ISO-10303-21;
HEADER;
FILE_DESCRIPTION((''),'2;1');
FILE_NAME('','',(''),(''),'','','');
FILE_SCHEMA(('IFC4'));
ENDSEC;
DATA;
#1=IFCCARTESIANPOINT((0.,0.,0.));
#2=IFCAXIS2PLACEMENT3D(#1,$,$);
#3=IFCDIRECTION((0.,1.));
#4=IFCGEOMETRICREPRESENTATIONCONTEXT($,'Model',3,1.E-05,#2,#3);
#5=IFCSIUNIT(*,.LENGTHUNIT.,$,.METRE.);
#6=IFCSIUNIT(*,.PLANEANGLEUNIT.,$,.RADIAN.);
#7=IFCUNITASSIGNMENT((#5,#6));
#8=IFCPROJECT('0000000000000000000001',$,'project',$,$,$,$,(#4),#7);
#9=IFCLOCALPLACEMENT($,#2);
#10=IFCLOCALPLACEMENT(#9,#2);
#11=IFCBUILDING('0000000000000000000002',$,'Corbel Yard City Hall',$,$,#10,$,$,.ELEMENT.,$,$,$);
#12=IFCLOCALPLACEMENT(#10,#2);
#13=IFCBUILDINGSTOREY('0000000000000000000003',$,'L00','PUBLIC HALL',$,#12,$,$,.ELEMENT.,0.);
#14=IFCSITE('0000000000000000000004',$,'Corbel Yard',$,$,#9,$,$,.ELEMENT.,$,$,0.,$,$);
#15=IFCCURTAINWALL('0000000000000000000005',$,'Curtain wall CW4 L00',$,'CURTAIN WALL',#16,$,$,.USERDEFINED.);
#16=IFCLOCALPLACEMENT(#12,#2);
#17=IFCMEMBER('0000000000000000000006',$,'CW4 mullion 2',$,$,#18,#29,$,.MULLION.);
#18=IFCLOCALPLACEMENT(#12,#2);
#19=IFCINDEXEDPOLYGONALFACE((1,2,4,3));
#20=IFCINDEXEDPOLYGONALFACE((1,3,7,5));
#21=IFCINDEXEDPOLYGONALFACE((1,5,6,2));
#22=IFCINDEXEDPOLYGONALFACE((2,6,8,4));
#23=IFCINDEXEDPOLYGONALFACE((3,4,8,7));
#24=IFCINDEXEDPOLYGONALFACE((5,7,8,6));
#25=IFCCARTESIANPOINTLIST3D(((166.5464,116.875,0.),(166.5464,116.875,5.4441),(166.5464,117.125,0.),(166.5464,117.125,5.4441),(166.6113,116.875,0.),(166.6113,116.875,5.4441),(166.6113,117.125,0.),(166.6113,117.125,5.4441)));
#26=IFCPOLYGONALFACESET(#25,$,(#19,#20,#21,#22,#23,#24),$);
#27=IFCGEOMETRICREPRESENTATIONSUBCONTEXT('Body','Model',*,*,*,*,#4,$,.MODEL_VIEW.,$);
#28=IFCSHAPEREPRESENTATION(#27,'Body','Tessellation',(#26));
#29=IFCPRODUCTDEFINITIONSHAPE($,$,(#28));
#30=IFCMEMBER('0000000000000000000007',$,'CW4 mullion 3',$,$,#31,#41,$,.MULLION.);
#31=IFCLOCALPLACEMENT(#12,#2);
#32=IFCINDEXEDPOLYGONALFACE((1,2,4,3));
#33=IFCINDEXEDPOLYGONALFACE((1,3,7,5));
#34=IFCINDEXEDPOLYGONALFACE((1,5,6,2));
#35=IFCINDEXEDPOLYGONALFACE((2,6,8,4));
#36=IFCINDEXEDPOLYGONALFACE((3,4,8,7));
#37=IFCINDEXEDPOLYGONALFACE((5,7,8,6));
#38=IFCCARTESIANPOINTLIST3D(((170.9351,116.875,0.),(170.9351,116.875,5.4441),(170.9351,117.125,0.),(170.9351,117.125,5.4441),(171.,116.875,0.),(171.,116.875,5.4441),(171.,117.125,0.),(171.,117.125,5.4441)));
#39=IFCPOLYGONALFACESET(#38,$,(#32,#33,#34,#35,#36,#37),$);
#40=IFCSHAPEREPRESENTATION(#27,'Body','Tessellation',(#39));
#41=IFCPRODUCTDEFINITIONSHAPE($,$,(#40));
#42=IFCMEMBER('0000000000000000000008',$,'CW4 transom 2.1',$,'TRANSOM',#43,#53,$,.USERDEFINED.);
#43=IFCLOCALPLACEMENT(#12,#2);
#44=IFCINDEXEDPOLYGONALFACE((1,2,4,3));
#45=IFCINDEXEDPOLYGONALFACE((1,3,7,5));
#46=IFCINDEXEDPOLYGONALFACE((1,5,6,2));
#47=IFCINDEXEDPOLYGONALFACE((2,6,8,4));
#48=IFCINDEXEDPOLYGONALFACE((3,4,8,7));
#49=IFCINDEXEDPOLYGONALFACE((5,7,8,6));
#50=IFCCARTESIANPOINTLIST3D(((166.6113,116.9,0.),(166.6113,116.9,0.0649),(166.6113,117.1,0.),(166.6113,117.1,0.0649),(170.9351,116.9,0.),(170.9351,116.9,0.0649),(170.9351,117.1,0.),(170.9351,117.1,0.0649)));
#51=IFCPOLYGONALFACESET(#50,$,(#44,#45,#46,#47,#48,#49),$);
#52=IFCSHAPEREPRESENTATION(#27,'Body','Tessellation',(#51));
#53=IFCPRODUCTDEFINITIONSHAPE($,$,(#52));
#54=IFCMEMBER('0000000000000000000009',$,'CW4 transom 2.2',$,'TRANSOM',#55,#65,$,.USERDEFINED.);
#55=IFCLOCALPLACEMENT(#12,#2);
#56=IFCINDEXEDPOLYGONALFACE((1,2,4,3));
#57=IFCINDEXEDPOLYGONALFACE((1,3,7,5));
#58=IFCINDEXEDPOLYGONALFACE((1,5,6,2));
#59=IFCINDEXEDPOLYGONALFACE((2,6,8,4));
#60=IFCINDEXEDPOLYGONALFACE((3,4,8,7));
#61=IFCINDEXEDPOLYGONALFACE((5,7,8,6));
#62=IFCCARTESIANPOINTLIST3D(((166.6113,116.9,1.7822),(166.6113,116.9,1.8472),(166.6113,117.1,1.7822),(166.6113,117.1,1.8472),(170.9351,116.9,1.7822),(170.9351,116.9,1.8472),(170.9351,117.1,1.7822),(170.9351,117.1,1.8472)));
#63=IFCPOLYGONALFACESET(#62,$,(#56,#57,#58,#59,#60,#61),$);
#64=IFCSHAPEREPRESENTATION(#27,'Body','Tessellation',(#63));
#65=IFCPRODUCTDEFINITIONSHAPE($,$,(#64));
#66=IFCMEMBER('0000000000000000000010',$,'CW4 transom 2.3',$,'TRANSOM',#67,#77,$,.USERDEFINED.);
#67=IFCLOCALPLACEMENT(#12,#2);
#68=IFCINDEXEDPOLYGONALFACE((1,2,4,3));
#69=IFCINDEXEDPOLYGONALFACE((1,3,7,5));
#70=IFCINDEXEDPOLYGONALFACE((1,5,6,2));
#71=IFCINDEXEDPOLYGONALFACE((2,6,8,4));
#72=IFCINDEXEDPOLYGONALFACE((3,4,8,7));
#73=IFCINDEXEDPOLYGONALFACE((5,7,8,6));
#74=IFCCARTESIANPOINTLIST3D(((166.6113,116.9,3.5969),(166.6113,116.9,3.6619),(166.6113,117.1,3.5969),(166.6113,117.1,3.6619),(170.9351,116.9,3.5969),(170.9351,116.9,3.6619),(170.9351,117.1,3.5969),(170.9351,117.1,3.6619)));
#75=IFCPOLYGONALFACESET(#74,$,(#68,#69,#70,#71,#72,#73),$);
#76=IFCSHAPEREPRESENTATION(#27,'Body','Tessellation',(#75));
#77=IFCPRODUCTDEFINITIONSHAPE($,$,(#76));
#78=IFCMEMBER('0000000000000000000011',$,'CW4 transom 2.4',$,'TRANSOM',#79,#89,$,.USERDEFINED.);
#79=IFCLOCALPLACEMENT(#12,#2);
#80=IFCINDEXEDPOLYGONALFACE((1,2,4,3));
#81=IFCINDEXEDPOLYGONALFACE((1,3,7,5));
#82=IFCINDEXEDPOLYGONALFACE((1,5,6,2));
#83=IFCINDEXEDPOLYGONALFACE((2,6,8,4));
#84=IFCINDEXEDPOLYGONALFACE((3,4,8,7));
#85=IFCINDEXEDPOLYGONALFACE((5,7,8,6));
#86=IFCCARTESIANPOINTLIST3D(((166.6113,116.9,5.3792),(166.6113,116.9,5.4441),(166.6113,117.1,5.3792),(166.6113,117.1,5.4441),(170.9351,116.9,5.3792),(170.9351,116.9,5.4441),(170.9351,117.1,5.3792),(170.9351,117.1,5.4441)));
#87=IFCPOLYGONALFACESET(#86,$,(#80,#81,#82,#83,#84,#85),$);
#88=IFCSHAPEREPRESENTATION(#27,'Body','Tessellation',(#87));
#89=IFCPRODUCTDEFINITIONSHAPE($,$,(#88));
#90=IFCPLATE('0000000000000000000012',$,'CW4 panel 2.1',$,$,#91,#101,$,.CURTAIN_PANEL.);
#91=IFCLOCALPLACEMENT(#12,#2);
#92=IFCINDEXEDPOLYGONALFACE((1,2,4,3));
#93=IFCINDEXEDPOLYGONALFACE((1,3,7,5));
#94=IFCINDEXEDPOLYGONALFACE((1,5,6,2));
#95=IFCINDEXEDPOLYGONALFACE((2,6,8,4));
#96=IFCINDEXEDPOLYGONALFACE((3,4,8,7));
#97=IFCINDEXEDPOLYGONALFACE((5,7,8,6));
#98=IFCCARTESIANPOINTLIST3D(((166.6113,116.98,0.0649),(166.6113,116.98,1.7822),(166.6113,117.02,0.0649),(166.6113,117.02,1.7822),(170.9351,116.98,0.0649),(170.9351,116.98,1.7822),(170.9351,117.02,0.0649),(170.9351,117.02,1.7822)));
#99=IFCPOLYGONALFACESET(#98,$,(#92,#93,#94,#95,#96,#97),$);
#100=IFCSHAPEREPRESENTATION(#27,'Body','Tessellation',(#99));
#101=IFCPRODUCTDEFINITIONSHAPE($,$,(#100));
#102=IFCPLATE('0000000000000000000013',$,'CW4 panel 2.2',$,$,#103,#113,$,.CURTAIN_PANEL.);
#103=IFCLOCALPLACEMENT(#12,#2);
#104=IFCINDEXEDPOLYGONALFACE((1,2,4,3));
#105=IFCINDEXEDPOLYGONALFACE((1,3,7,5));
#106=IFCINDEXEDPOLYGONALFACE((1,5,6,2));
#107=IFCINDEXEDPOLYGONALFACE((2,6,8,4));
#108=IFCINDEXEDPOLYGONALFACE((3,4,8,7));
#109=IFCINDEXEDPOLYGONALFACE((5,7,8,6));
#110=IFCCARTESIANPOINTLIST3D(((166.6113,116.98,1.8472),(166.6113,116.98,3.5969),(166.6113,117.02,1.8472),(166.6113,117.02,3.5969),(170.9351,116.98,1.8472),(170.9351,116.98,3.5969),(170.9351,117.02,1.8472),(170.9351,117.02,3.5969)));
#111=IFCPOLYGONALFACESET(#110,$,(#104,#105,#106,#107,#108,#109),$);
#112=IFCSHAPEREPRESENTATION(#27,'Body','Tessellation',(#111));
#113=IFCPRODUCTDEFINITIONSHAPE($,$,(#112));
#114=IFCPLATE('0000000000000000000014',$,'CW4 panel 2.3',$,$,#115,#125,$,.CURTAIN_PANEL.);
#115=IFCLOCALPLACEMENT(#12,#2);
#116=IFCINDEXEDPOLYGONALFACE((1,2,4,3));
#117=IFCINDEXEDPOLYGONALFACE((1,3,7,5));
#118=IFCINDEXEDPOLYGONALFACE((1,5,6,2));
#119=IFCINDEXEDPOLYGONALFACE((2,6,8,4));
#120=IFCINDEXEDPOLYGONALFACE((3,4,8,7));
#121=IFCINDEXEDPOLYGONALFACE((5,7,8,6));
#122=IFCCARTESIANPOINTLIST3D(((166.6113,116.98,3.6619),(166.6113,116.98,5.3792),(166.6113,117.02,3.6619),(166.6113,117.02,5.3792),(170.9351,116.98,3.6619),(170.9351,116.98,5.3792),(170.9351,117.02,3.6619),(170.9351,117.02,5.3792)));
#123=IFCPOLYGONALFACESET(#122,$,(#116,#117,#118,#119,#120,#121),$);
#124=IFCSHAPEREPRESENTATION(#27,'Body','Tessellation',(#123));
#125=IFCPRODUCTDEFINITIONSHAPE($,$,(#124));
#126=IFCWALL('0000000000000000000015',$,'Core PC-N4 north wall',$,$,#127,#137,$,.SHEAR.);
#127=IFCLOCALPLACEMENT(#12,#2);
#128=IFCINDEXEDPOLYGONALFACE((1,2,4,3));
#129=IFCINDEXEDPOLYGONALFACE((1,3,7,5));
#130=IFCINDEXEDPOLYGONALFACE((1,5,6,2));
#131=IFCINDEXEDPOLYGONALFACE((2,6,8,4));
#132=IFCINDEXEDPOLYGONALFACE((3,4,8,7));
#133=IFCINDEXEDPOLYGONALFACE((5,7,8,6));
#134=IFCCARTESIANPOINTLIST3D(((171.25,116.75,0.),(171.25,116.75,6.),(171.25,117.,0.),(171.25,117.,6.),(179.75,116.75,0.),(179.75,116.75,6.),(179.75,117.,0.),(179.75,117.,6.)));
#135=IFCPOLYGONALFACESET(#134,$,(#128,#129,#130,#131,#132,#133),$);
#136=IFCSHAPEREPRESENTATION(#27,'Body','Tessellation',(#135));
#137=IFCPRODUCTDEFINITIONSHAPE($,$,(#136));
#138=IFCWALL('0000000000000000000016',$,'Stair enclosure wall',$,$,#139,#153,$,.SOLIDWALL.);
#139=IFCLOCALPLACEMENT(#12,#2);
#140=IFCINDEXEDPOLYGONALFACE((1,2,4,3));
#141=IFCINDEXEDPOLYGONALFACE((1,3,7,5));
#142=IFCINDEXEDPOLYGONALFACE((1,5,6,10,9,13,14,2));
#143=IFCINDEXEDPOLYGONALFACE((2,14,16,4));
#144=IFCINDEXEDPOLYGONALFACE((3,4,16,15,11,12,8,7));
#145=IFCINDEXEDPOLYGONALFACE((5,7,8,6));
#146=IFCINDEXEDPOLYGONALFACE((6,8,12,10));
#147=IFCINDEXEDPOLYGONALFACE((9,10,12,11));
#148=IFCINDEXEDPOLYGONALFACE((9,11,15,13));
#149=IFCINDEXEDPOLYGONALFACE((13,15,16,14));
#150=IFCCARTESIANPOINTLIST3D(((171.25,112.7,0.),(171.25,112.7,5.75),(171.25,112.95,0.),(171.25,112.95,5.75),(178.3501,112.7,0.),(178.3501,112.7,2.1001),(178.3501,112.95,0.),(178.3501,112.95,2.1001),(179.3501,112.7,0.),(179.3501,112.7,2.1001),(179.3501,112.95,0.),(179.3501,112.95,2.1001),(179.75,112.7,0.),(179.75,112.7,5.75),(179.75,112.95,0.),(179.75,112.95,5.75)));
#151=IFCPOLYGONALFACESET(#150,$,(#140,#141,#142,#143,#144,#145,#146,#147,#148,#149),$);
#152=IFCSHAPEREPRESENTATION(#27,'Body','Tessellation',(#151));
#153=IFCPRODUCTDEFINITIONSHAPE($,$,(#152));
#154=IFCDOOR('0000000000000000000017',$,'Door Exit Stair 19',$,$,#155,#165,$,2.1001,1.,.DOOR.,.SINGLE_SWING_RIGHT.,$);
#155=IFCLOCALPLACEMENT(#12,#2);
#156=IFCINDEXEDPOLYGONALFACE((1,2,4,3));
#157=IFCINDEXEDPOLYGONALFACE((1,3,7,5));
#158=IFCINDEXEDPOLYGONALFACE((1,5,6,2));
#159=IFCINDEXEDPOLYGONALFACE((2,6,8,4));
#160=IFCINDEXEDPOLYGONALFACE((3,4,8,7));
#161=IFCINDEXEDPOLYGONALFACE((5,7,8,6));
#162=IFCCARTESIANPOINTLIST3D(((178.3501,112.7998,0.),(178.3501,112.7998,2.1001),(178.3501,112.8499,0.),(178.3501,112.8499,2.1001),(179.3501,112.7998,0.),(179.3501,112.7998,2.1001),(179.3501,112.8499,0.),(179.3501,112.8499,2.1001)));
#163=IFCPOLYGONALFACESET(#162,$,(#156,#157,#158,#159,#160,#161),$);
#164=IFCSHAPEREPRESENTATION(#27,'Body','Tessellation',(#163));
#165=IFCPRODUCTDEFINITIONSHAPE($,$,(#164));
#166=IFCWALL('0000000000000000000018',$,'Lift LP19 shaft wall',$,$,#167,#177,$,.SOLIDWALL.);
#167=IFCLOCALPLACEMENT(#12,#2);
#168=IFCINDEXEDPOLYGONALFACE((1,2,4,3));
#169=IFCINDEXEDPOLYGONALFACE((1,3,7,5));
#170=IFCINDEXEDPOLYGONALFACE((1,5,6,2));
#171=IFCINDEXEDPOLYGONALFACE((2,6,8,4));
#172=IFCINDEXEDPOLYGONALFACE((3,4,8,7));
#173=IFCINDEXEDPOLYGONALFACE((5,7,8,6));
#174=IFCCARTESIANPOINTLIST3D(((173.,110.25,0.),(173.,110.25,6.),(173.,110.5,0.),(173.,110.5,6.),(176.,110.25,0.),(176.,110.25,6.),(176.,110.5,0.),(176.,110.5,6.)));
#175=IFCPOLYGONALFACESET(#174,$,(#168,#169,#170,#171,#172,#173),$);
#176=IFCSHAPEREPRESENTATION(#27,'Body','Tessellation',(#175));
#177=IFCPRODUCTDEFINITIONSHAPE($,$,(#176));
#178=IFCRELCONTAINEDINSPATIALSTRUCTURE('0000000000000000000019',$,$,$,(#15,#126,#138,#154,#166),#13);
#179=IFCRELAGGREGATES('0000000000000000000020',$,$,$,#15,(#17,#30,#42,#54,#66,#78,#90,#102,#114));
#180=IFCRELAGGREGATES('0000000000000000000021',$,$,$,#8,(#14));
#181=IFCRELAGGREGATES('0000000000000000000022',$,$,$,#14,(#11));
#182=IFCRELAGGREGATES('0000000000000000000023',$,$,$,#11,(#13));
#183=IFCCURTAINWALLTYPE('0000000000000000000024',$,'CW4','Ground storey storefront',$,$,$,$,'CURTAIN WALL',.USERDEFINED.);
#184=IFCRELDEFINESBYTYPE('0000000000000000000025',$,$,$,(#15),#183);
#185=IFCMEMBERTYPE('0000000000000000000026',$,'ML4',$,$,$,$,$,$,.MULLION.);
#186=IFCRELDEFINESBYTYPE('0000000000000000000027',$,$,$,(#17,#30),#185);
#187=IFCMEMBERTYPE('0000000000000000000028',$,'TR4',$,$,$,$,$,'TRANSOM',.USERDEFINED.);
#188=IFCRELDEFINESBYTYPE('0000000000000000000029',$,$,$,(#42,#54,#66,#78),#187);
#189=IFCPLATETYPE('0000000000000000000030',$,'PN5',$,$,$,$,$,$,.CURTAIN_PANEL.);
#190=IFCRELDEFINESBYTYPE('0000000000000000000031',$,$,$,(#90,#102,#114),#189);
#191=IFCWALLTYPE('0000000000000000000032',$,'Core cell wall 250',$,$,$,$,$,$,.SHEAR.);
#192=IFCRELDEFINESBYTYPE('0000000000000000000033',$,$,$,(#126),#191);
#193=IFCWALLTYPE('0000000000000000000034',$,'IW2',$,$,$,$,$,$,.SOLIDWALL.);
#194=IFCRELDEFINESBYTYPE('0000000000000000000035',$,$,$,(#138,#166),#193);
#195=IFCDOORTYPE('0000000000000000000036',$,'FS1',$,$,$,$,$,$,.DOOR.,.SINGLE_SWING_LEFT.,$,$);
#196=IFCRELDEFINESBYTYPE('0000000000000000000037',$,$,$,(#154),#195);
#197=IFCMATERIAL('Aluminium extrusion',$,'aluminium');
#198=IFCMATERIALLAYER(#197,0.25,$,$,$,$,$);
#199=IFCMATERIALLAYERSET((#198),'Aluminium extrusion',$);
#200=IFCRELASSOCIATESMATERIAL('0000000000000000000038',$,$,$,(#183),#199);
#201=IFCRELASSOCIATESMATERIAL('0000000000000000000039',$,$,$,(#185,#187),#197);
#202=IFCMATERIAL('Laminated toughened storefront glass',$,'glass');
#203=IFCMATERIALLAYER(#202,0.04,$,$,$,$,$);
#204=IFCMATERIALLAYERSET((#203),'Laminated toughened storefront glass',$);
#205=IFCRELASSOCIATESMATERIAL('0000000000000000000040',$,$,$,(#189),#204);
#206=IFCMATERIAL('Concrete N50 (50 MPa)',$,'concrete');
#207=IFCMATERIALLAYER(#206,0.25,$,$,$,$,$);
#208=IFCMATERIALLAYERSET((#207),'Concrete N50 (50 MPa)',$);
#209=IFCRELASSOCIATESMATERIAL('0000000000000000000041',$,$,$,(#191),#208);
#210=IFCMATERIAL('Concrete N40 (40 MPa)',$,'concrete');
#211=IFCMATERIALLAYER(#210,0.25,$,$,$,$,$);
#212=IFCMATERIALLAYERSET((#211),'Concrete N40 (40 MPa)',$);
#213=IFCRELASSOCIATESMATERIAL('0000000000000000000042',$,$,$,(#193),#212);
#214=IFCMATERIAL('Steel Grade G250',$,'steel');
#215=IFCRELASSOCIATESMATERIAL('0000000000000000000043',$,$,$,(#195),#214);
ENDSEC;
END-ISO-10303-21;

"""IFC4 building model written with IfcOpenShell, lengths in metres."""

from ifc_helpers import new_model, si_unit, direction, frame, frame_2d, origin, origin_2d, place, context, subcontext, project, spatial, rectangle, extrude, material, layer, layer_set, material_profile, profile_set, type_object, element, fill, aggregate, save


model = new_model("IFC4")

# Units and contexts
model_context = context("Model", 3, precision=1e-05, world=origin(), true_north=direction((0.0, 1.0)))
body_context = subcontext(model_context, "Body", "Model", "MODEL_VIEW")
ifc_project = project(units=[si_unit("LENGTHUNIT", "METRE"), si_unit("PLANEANGLEUNIT", "RADIAN")], contexts=[model_context])

# Site, building, storey
site_placement = place(None, origin())
site = spatial("IfcSite", under=ifc_project, at=site_placement, Name="Corbel Yard", CompositionType="ELEMENT", RefElevation=0.0)
building_placement = place(site_placement, origin())
building = spatial("IfcBuilding", under=site, at=building_placement, Name="Corbel Yard City Hall", CompositionType="ELEMENT")
storey_placement = place(building_placement, origin())
storey = spatial("IfcBuildingStorey", under=building, at=storey_placement, Name="L00", Description="PUBLIC HALL", CompositionType="ELEMENT", Elevation=0.0)

# Curtain wall, members, plates
ifc_material_1 = material(Name="Aluminium extrusion", Category="aluminium")
ifc_layer_1 = layer(ifc_material_1, 0.25)
ifc_layer_set_1 = layer_set([ifc_layer_1], Name="Aluminium extrusion")
curtain_wall_type = type_object("IfcCurtainWallType", Name="CW4", Description="Ground storey storefront", ElementType="CURTAIN WALL", PredefinedType="USERDEFINED", material=ifc_layer_set_1)
curtain_wall_placement = place(storey_placement, origin())
curtain_wall = element("IfcCurtainWall", 1, at=curtain_wall_placement, inside=storey, type_object=curtain_wall_type, Name="Curtain wall CW4 L00", ObjectType="CURTAIN WALL", PredefinedType="USERDEFINED")
ifc_material_profile_1 = material_profile(ifc_material_1, rectangle(XDim=0.25, YDim=0.0649, at=origin_2d()), Name="250x65")
ifc_profile_set_1 = profile_set([ifc_material_profile_1], Name="Aluminium extrusion")
member_type_1 = type_object("IfcMemberType", Name="ML4", PredefinedType="MULLION", material=ifc_profile_set_1)
member_1_placement = place(storey_placement, frame((166.5789, 117.0, 0.0), z_axis=(0.0, 0.0, 1.0), x_axis=(0.0, 1.0, 0.0)))
member_1 = element("IfcMember", 2, at=member_1_placement, type_object=member_type_1, Name="CW4 mullion 2", PredefinedType="MULLION", context=body_context, shape_type="SweptSolid", body=[
    extrude(rectangle(XDim=0.25, YDim=0.0649, at=origin_2d()), origin(), (0.0, 0.0, 1.0), 5.4441),
])
member_2_placement = place(storey_placement, frame((170.9675, 117.0, 0.0), z_axis=(0.0, 0.0, 1.0), x_axis=(0.0, 1.0, 0.0)))
member_2 = element("IfcMember", 3, at=member_2_placement, type_object=member_type_1, Name="CW4 mullion 3", PredefinedType="MULLION", context=body_context, shape_type="SweptSolid", body=[
    extrude(rectangle(XDim=0.25, YDim=0.0649, at=origin_2d()), origin(), (0.0, 0.0, 1.0), 5.4441),
])
ifc_material_profile_2 = material_profile(ifc_material_1, rectangle(XDim=0.2, YDim=0.0649, at=origin_2d()), Name="200x65")
ifc_profile_set_2 = profile_set([ifc_material_profile_2], Name="Aluminium extrusion")
member_type_2 = type_object("IfcMemberType", Name="TR4", ElementType="TRANSOM", PredefinedType="USERDEFINED", material=ifc_profile_set_2)
member_3_placement = place(storey_placement, frame((166.6113, 117.0, 0.0325), z_axis=(1.0, 0.0, 0.0), x_axis=(0.0, 1.0, 0.0)))
member_3 = element("IfcMember", 4, at=member_3_placement, type_object=member_type_2, Name="CW4 transom 2.1", ObjectType="TRANSOM", PredefinedType="USERDEFINED", context=body_context, shape_type="SweptSolid", body=[
    extrude(rectangle(XDim=0.2, YDim=0.0649, at=origin_2d()), origin(), (0.0, 0.0, 1.0), 4.3237),
])
member_4_placement = place(storey_placement, frame((166.6113, 117.0, 1.8147), z_axis=(1.0, 0.0, 0.0), x_axis=(0.0, 1.0, 0.0)))
member_4 = element("IfcMember", 5, at=member_4_placement, type_object=member_type_2, Name="CW4 transom 2.2", ObjectType="TRANSOM", PredefinedType="USERDEFINED", context=body_context, shape_type="SweptSolid", body=[
    extrude(rectangle(XDim=0.2, YDim=0.0649, at=origin_2d()), origin(), (0.0, 0.0, 1.0), 4.3237),
])
member_5_placement = place(storey_placement, frame((166.6113, 117.0, 3.6294), z_axis=(1.0, 0.0, 0.0), x_axis=(0.0, 1.0, 0.0)))
member_5 = element("IfcMember", 6, at=member_5_placement, type_object=member_type_2, Name="CW4 transom 2.3", ObjectType="TRANSOM", PredefinedType="USERDEFINED", context=body_context, shape_type="SweptSolid", body=[
    extrude(rectangle(XDim=0.2, YDim=0.0649, at=origin_2d()), origin(), (0.0, 0.0, 1.0), 4.3237),
])
member_6_placement = place(storey_placement, frame((166.6113, 117.0, 5.4116), z_axis=(1.0, 0.0, 0.0), x_axis=(0.0, 1.0, 0.0)))
member_6 = element("IfcMember", 7, at=member_6_placement, type_object=member_type_2, Name="CW4 transom 2.4", ObjectType="TRANSOM", PredefinedType="USERDEFINED", context=body_context, shape_type="SweptSolid", body=[
    extrude(rectangle(XDim=0.2, YDim=0.0649, at=origin_2d()), origin(), (0.0, 0.0, 1.0), 4.3237),
])
ifc_material_2 = material(Name="Laminated toughened storefront glass", Category="glass")
ifc_layer_2 = layer(ifc_material_2, 0.04)
ifc_layer_set_2 = layer_set([ifc_layer_2], Name="Laminated toughened storefront glass")
plate_type = type_object("IfcPlateType", Name="PN5", PredefinedType="CURTAIN_PANEL", material=ifc_layer_set_2)
plate_1_placement = place(storey_placement, frame((168.7732, 117.0, 0.0649), z_axis=(0.0, 0.0, 1.0), x_axis=(1.0, 0.0, 0.0)))
plate_1 = element("IfcPlate", 8, at=plate_1_placement, type_object=plate_type, Name="CW4 panel 2.1", PredefinedType="CURTAIN_PANEL", context=body_context, shape_type="SweptSolid", body=[
    extrude(rectangle(XDim=4.3237, YDim=0.04, at=origin_2d()), origin(), (0.0, 0.0, 1.0), 1.7173),
])
plate_2_placement = place(storey_placement, frame((168.7732, 117.0, 1.8472), z_axis=(0.0, 0.0, 1.0), x_axis=(1.0, 0.0, 0.0)))
plate_2 = element("IfcPlate", 9, at=plate_2_placement, type_object=plate_type, Name="CW4 panel 2.2", PredefinedType="CURTAIN_PANEL", context=body_context, shape_type="SweptSolid", body=[
    extrude(rectangle(XDim=4.3237, YDim=0.04, at=origin_2d()), origin(), (0.0, 0.0, 1.0), 1.7498),
])
plate_3_placement = place(storey_placement, frame((168.7732, 117.0, 3.6619), z_axis=(0.0, 0.0, 1.0), x_axis=(1.0, 0.0, 0.0)))
plate_3 = element("IfcPlate", 10, at=plate_3_placement, type_object=plate_type, Name="CW4 panel 2.3", PredefinedType="CURTAIN_PANEL", context=body_context, shape_type="SweptSolid", body=[
    extrude(rectangle(XDim=4.3237, YDim=0.04, at=origin_2d()), origin(), (0.0, 0.0, 1.0), 1.7173),
])
aggregate(curtain_wall, [member_1, member_2, member_3, member_4, member_5, member_6, plate_1, plate_2, plate_3])

# Wall
ifc_material_3 = material(Name="Concrete N50 (50 MPa)", Category="concrete")
ifc_layer_3 = layer(ifc_material_3, 0.25)
ifc_layer_set_3 = layer_set([ifc_layer_3], Name="Concrete N50 (50 MPa)")
wall_type_1 = type_object("IfcWallType", Name="Core cell wall 250", PredefinedType="SHEAR", material=ifc_layer_set_3)
wall_1_placement = place(storey_placement, frame((171.25, 116.875, 0.0), z_axis=(0.0, 0.0, 1.0), x_axis=(1.0, 0.0, 0.0)))
element("IfcWall", 11, at=wall_1_placement, inside=storey, type_object=wall_type_1, Name="Core PC-N4 north wall", PredefinedType="SHEAR", context=body_context, shape_type="SweptSolid", body=[
    extrude(rectangle(XDim=8.5, YDim=0.25, at=frame_2d((4.25, 0.0))), origin(), (0.0, 0.0, 1.0), 6.0),
])

# Wall, opening, door
ifc_material_4 = material(Name="Concrete N40 (40 MPa)", Category="concrete")
ifc_layer_4 = layer(ifc_material_4, 0.25)
ifc_layer_set_4 = layer_set([ifc_layer_4], Name="Concrete N40 (40 MPa)")
wall_type_2 = type_object("IfcWallType", Name="IW2", PredefinedType="SOLIDWALL", material=ifc_layer_set_4)
wall_2_placement = place(storey_placement, frame((179.75, 112.825, 0.0), z_axis=(0.0, 0.0, 1.0), x_axis=(-1.0, 0.0, 0.0)))
wall_2 = element("IfcWall", 12, at=wall_2_placement, inside=storey, type_object=wall_type_2, Name="Stair enclosure wall", PredefinedType="SOLIDWALL", context=body_context, shape_type="SweptSolid", body=[
    extrude(rectangle(XDim=8.5, YDim=0.25, at=frame_2d((4.25, 0.0))), origin(), (0.0, 0.0, 1.0), 5.75),
])
opening_1_placement = place(wall_2_placement, frame((0.3999, 0.0, 0.0)))
opening_1 = element("IfcOpeningElement", 13, at=opening_1_placement, cuts=wall_2, PredefinedType="OPENING", context=body_context, shape_type="SweptSolid", body=[
    extrude(rectangle(XDim=1.0, YDim=2.1001, at=frame_2d((0.5, 1.05))), frame((0.0, 0.135, 0.0), z_axis=(0.0, -1.0, 0.0), x_axis=(1.0, 0.0, 0.0)), (0.0, 0.0, 1.0), 0.27),
])
ifc_material_5 = material(Name="Steel Grade G250", Category="steel")
door_type_1 = type_object("IfcDoorType", Name="FS1", OperationType="SINGLE_SWING_LEFT", PredefinedType="DOOR", material=ifc_material_5)
door_1_placement = place(opening_1_placement, frame((1.0, 0.0, 0.0), z_axis=(0.0, 0.0, 1.0), x_axis=(-1.0, 0.0, 0.0)))
door_1 = element("IfcDoor", 14, at=door_1_placement, inside=storey, type_object=door_type_1, Name="Door Exit Stair 19", OperationType="SINGLE_SWING_RIGHT", OverallHeight=2.1001, OverallWidth=1.0, PredefinedType="DOOR", context=body_context, shape_type="SweptSolid", body=[
    extrude(rectangle(XDim=1.0, YDim=2.1001, at=frame_2d((0.5, 1.05))), frame((0.0, 0.0249, 0.0), z_axis=(0.0, -1.0, 0.0), x_axis=(1.0, 0.0, 0.0)), (0.0, 0.0, 1.0), 0.05),
])
fill(opening_1, door_1)

# Wall
wall_3_placement = place(storey_placement, frame((173.0, 110.375, 0.0), z_axis=(0.0, 0.0, 1.0), x_axis=(1.0, 0.0, 0.0)))
element("IfcWall", 15, at=wall_3_placement, inside=storey, type_object=wall_type_2, Name="Lift LP19 shaft wall", PredefinedType="SOLIDWALL", context=body_context, shape_type="SweptSolid", body=[
    extrude(rectangle(XDim=3.0, YDim=0.25, at=frame_2d((1.5, 0.0))), origin(), (0.0, 0.0, 1.0), 6.0),
])

save(model, "model.ifc")
